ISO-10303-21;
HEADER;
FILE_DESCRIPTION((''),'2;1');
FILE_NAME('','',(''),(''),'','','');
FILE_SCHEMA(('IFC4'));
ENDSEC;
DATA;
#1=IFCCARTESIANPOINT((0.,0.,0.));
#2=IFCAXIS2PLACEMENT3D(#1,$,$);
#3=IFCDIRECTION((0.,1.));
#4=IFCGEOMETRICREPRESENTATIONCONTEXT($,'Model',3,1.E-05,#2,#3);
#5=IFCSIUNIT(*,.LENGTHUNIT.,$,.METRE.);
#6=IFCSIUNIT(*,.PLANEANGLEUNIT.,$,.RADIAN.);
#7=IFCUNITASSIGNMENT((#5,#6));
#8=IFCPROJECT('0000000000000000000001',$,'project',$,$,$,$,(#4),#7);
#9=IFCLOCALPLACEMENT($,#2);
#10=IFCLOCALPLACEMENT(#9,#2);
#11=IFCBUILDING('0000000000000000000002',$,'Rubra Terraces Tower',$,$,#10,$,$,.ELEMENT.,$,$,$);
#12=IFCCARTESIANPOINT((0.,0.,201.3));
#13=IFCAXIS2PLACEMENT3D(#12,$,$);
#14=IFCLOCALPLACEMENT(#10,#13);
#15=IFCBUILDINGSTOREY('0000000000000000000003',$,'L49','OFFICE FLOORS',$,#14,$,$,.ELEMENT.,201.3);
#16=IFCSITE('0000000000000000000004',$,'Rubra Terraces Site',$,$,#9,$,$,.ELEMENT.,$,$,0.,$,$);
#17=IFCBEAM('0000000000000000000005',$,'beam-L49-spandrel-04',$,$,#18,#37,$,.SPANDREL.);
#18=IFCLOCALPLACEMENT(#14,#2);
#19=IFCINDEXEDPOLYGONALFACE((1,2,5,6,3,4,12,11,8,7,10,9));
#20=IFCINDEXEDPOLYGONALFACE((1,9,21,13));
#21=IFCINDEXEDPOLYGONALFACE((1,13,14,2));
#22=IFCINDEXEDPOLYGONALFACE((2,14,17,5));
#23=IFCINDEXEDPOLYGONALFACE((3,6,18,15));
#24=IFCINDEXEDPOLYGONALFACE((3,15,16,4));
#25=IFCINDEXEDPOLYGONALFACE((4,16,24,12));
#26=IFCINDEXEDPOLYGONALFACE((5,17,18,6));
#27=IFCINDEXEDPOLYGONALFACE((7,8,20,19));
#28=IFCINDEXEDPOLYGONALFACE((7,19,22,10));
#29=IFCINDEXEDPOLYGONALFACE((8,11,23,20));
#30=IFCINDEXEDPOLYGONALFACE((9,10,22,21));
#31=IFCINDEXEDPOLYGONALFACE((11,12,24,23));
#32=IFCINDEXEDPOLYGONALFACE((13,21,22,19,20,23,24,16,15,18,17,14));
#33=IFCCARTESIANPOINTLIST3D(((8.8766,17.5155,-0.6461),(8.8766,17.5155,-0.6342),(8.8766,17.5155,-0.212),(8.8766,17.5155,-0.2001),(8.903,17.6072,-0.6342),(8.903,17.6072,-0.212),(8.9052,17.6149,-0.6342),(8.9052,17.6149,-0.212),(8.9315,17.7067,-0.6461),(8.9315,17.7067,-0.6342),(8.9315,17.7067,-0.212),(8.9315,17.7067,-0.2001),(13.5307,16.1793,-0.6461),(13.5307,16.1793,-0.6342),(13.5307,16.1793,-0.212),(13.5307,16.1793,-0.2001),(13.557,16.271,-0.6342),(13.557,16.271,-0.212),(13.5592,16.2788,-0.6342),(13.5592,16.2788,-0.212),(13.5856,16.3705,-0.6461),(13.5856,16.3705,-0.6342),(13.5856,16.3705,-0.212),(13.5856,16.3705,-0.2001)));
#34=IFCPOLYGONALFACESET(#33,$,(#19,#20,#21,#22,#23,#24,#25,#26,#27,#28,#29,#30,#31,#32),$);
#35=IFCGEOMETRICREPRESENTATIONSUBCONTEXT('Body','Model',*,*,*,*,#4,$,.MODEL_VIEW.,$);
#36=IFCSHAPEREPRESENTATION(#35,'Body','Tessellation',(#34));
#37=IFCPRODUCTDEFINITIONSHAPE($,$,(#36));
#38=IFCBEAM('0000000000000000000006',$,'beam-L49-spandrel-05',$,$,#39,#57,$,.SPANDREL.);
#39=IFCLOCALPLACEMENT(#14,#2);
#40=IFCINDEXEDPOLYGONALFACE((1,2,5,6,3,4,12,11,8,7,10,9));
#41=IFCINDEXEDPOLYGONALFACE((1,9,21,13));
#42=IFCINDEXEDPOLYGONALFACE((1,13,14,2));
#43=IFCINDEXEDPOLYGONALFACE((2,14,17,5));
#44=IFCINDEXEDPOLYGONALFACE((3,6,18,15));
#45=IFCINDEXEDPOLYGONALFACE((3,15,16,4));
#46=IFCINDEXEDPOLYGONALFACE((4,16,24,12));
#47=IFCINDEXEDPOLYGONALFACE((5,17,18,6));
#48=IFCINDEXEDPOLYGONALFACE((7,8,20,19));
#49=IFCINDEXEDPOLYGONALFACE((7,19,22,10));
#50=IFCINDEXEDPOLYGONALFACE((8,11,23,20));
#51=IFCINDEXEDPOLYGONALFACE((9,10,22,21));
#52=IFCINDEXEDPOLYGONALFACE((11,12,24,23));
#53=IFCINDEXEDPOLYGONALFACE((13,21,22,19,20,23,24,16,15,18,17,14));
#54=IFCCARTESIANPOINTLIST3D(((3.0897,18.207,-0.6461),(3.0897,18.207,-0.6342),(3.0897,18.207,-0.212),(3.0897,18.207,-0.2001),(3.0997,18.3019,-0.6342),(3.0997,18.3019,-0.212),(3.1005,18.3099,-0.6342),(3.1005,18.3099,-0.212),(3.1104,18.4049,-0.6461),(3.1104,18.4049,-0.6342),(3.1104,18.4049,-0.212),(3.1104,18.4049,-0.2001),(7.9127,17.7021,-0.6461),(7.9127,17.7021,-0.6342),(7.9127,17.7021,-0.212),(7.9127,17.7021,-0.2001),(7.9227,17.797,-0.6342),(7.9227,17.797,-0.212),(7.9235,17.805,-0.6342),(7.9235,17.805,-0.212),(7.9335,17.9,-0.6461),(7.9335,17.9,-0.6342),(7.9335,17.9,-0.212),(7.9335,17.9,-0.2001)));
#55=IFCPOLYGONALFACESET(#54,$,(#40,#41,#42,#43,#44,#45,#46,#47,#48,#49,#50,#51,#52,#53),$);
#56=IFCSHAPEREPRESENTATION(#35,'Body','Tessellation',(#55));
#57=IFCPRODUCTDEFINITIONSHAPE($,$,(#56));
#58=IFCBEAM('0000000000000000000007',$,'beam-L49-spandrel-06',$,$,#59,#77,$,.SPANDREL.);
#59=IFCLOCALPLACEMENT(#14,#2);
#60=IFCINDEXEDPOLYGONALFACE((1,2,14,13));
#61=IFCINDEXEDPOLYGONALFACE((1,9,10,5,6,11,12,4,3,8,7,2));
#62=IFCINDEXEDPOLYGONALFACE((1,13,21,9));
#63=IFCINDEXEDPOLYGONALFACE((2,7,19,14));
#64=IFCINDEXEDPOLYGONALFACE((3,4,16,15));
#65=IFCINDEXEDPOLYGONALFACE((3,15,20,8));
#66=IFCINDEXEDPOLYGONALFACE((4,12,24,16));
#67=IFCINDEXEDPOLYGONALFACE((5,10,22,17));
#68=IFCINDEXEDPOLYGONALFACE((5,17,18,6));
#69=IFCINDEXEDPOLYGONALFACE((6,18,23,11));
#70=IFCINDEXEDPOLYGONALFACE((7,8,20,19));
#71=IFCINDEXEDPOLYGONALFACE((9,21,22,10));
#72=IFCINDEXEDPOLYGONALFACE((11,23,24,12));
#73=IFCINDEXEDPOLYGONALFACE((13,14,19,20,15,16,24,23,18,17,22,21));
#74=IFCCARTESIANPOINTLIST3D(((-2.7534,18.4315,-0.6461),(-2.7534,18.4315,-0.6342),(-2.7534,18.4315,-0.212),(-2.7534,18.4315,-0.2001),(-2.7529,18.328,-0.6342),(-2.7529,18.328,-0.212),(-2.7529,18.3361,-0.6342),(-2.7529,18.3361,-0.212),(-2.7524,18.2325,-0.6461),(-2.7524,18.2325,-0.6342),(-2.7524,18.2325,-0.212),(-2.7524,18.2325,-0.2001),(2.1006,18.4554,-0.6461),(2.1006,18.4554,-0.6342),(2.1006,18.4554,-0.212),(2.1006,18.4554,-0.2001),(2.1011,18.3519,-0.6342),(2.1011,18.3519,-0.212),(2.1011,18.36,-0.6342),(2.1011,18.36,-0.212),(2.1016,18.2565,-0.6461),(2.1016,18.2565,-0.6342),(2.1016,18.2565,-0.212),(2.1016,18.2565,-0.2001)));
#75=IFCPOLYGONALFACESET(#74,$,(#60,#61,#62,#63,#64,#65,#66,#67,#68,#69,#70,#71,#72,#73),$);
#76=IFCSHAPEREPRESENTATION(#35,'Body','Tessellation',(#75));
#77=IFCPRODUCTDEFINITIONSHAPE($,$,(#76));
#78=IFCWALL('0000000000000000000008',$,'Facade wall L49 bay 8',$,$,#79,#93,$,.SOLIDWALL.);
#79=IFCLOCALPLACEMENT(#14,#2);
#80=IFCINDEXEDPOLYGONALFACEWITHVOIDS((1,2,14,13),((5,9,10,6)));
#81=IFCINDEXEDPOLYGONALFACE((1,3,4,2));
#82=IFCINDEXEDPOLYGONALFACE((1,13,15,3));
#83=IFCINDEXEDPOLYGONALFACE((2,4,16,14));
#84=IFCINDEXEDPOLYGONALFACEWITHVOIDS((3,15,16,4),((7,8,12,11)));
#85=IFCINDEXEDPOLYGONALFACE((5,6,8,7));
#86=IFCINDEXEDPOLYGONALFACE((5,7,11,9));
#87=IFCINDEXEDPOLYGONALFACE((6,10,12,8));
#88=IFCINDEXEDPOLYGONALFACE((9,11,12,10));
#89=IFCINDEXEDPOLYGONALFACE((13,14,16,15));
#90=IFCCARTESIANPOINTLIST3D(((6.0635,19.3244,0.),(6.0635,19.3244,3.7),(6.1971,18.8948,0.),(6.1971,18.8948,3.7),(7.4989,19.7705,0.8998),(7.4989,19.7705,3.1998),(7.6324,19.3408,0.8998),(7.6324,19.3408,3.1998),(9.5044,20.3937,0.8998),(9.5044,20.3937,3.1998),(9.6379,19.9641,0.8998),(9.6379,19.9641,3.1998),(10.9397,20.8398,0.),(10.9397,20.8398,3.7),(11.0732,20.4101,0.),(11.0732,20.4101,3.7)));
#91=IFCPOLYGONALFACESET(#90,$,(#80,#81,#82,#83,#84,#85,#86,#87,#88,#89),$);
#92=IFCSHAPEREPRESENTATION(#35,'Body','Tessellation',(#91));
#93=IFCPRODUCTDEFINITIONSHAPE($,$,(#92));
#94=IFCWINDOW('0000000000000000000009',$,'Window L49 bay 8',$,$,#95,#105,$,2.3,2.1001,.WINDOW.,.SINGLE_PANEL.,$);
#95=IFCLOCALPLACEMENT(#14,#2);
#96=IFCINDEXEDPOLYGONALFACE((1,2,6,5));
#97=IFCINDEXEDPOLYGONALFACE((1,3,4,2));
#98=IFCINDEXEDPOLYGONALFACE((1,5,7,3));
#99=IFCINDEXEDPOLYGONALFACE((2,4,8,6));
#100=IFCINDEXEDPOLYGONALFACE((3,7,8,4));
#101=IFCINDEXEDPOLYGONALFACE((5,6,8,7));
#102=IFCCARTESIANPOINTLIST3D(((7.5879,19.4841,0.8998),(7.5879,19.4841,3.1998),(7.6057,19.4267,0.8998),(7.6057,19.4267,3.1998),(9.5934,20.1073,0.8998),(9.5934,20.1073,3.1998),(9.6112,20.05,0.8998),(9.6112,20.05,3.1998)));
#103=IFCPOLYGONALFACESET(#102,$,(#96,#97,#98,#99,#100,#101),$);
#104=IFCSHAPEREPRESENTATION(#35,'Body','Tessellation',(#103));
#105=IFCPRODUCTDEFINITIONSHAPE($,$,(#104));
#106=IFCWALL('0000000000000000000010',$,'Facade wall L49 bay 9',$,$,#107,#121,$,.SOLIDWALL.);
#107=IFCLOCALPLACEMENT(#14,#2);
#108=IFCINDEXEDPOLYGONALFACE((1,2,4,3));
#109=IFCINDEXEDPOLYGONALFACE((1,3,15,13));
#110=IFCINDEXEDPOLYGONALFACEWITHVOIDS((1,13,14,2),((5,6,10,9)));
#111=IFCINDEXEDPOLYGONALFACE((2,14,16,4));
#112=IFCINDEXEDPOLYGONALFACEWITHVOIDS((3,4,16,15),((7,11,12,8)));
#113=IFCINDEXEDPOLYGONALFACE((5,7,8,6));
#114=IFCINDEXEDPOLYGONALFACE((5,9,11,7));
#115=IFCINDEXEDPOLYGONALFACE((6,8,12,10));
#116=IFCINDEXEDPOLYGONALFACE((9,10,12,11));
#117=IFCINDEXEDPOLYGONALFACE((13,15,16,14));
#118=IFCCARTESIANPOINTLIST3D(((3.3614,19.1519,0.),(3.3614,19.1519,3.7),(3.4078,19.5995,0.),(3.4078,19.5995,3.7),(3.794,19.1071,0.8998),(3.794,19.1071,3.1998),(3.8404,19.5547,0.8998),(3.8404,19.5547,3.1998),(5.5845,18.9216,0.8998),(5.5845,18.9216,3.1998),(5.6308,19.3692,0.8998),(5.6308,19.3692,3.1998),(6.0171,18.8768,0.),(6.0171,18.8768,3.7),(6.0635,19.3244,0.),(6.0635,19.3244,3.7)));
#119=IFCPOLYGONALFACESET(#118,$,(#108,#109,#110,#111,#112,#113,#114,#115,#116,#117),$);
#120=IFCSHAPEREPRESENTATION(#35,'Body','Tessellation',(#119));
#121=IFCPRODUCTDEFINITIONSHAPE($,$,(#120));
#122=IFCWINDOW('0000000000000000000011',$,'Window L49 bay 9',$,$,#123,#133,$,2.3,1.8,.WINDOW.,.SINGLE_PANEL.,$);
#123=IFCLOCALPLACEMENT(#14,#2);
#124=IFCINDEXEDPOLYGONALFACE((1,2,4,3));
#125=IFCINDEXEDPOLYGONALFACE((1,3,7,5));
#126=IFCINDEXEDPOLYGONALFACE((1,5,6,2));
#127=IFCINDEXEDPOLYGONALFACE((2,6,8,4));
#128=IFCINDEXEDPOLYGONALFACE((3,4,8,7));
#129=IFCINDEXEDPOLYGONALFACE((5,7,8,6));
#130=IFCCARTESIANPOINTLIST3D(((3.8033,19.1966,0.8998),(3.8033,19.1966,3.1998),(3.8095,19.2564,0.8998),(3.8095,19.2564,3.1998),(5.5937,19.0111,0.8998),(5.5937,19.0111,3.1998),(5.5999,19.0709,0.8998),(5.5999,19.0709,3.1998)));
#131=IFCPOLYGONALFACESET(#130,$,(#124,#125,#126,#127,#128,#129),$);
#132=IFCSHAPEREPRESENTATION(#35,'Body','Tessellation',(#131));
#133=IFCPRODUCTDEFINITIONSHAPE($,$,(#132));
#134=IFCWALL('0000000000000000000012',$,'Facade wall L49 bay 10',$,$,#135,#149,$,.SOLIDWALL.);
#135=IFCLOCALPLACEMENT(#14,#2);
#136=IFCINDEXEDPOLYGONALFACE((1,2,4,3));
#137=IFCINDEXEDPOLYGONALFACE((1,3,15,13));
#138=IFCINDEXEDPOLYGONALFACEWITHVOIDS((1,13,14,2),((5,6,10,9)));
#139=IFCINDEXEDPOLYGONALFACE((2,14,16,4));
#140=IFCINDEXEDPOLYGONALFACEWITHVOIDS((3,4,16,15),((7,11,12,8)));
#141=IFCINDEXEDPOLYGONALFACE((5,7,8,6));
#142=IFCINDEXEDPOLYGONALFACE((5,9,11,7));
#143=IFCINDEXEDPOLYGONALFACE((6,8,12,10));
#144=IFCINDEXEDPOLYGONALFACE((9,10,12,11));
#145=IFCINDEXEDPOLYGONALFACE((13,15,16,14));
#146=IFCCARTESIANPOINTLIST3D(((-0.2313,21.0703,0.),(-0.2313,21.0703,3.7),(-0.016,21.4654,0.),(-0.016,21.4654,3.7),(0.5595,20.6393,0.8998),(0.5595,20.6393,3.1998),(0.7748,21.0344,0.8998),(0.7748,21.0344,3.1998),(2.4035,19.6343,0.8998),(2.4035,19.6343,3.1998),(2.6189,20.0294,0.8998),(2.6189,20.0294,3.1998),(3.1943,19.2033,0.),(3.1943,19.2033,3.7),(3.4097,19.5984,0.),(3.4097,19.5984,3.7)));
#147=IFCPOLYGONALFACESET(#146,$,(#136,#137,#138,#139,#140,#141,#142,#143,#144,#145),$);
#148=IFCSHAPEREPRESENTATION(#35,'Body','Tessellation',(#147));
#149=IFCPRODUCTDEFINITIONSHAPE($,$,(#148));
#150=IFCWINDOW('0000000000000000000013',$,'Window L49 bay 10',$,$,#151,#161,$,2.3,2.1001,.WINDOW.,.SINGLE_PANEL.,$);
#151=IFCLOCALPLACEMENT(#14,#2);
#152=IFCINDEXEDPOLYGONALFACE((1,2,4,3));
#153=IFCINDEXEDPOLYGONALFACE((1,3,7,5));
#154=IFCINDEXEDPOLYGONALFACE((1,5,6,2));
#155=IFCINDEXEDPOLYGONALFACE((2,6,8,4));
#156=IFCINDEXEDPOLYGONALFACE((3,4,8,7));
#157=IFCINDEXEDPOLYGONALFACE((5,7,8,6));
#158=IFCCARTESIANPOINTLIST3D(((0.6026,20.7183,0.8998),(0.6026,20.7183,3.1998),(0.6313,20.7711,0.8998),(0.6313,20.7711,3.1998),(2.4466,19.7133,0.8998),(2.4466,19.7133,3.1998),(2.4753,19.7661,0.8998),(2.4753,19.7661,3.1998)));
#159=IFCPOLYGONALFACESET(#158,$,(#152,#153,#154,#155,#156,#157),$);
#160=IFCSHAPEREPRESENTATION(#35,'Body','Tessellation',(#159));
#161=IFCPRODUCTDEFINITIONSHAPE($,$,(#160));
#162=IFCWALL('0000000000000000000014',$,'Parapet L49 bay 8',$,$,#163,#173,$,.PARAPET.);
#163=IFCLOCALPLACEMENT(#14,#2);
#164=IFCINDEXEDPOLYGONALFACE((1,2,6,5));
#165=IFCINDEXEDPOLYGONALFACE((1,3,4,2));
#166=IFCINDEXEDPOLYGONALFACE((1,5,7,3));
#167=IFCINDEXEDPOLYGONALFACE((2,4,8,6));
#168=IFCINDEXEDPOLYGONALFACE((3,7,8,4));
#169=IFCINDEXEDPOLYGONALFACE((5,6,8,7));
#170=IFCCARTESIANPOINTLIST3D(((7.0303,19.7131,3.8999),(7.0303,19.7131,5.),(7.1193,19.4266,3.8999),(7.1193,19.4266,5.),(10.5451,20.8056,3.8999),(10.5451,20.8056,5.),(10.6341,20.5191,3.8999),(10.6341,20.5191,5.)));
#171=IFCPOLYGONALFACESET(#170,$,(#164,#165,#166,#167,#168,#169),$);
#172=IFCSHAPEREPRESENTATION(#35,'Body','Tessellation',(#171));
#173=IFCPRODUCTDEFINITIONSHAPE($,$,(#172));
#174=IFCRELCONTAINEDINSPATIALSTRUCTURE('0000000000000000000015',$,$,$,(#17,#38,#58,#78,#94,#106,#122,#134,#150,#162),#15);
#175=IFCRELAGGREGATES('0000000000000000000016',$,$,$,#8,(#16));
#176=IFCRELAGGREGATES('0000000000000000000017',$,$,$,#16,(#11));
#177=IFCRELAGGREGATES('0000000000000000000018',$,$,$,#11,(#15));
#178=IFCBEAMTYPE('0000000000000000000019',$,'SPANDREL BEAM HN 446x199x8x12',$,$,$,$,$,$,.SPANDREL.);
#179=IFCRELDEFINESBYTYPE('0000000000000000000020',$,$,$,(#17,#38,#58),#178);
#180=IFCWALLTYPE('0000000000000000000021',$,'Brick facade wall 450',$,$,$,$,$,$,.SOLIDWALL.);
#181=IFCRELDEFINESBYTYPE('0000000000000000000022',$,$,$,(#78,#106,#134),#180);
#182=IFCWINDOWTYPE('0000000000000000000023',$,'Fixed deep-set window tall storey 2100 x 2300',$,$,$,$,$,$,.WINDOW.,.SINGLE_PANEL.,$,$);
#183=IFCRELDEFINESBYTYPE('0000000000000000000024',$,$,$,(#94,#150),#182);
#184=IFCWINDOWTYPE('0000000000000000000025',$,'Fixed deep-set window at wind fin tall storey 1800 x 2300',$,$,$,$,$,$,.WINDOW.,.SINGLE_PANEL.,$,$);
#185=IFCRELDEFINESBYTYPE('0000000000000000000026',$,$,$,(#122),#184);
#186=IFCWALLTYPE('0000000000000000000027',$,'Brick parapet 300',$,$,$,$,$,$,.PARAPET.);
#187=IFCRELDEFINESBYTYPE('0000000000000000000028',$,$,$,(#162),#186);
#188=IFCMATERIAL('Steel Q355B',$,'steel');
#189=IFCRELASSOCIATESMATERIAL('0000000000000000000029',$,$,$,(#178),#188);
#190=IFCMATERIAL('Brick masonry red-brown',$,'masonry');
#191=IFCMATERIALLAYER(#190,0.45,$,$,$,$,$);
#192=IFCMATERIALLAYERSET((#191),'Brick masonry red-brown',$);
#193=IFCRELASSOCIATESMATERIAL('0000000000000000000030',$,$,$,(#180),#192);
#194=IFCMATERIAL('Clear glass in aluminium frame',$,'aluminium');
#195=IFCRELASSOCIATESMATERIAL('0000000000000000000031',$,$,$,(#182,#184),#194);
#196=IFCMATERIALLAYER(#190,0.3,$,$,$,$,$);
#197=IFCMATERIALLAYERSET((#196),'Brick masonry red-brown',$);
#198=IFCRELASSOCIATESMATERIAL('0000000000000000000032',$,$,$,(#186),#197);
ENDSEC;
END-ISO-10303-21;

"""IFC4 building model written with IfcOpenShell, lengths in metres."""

from ifc_helpers import new_model, si_unit, direction, frame, frame_2d, origin, origin_2d, place, context, subcontext, project, spatial, rectangle, i_section, extrude, material, layer, layer_set, material_profile, profile_set, type_object, element, fill, save


model = new_model("IFC4")

# Units and contexts
model_context = context("Model", 3, precision=1e-05, world=origin(), true_north=direction((0.0, 1.0)))
body_context = subcontext(model_context, "Body", "Model", "MODEL_VIEW")
ifc_project = project(units=[si_unit("LENGTHUNIT", "METRE"), si_unit("PLANEANGLEUNIT", "RADIAN")], contexts=[model_context])

# Site, building, storey
site_placement = place(None, origin())
site = spatial("IfcSite", under=ifc_project, at=site_placement, Name="Rubra Terraces Site", CompositionType="ELEMENT", RefElevation=0.0)
building_placement = place(site_placement, origin())
building = spatial("IfcBuilding", under=site, at=building_placement, Name="Rubra Terraces Tower", CompositionType="ELEMENT")
storey_placement = place(building_placement, frame((0.0, 0.0, 201.3)))
storey = spatial("IfcBuildingStorey", under=building, at=storey_placement, Name="L49", Description="OFFICE FLOORS", CompositionType="ELEMENT", Elevation=201.3)

# Beams
ifc_material_1 = material(Name="Steel Q355B", Category="steel")
ifc_material_profile_1 = material_profile(ifc_material_1, i_section(OverallWidth=0.199, OverallDepth=0.446, WebThickness=0.0081, FlangeThickness=0.012, at=origin_2d()), Name="HN 446x199x8x12")
ifc_profile_set_1 = profile_set([ifc_material_profile_1], Name="Steel Q355B")
beam_type_1 = type_object("IfcBeamType", Name="SPANDREL BEAM HN 446x199x8x12", PredefinedType="SPANDREL", material=ifc_profile_set_1)
beam_1_placement = place(storey_placement, frame((13.5581, 16.2749, -0.4231), z_axis=(-0.961171, 0.275953, 0.0), x_axis=(-0.275953, -0.961171, 0.0)))
element("IfcBeam", 1, at=beam_1_placement, inside=storey, type_object=beam_type_1, Name="beam-L49-spandrel-04", PredefinedType="SPANDREL", context=body_context, shape_type="SweptSolid", body=[
    extrude(i_section(OverallWidth=0.199, OverallDepth=0.446, WebThickness=0.0081, FlangeThickness=0.012, at=origin_2d()), origin(), (0.0, 0.0, 1.0), 4.842),
])
beam_2_placement = place(storey_placement, frame((7.9231, 17.801, -0.4231), z_axis=(-0.994565, 0.104113, 0.0), x_axis=(-0.104113, -0.994565, 0.0)))
element("IfcBeam", 2, at=beam_2_placement, inside=storey, type_object=beam_type_1, Name="beam-L49-spandrel-05", PredefinedType="SPANDREL", context=body_context, shape_type="SweptSolid", body=[
    extrude(i_section(OverallWidth=0.199, OverallDepth=0.446, WebThickness=0.0081, FlangeThickness=0.012, at=origin_2d()), origin(), (0.0, 0.0, 1.0), 4.8494),
])
beam_3_placement = place(storey_placement, frame((2.1011, 18.356, -0.4231), z_axis=(-0.999988, -0.004929, 0.0), x_axis=(0.004929, -0.999988, 0.0)))
element("IfcBeam", 3, at=beam_3_placement, inside=storey, type_object=beam_type_1, Name="beam-L49-spandrel-06", PredefinedType="SPANDREL", context=body_context, shape_type="SweptSolid", body=[
    extrude(i_section(OverallWidth=0.199, OverallDepth=0.446, WebThickness=0.0081, FlangeThickness=0.012, at=origin_2d()), origin(), (0.0, 0.0, 1.0), 4.854),
])

# Walls, openings, windows
ifc_material_2 = material(Name="Brick masonry red-brown", Category="masonry")
ifc_layer_1 = layer(ifc_material_2, 0.45)
ifc_layer_set_1 = layer_set([ifc_layer_1], Name="Brick masonry red-brown")
wall_type_1 = type_object("IfcWallType", Name="Brick facade wall 450", PredefinedType="SOLIDWALL", material=ifc_layer_set_1)
wall_1_placement = place(storey_placement, frame((11.0066, 20.625, 0.0), z_axis=(0.0, 0.0, 1.0), x_axis=(-0.954949, -0.296769, 0.0)))
wall_1 = element("IfcWall", 4, at=wall_1_placement, inside=storey, type_object=wall_type_1, Name="Facade wall L49 bay 8", PredefinedType="SOLIDWALL", context=body_context, shape_type="SweptSolid", body=[
    extrude(rectangle(XDim=5.1062, YDim=0.45, at=frame_2d((2.5532, 0.0))), origin(), (0.0, 0.0, 1.0), 3.7),
])
opening_1_placement = place(wall_1_placement, frame((1.5032, 0.0, 0.8999)))
opening_1 = element("IfcOpeningElement", 5, at=opening_1_placement, cuts=wall_1, PredefinedType="OPENING", context=body_context, shape_type="SweptSolid", body=[
    extrude(rectangle(XDim=2.1001, YDim=2.3, at=frame_2d((1.05, 1.1499))), frame((0.0, 0.2349, 0.0), z_axis=(0.0, -1.0, 0.0), x_axis=(1.0, 0.0, 0.0)), (0.0, 0.0, 1.0), 0.47),
])
ifc_material_3 = material(Name="Clear glass in aluminium frame", Category="aluminium")
window_type_1 = type_object("IfcWindowType", Name="Fixed deep-set window tall storey 2100 x 2300", PartitioningType="SINGLE_PANEL", PredefinedType="WINDOW", material=ifc_material_3)
window_1_placement = place(opening_1_placement, origin())
window_1 = element("IfcWindow", 6, at=window_1_placement, inside=storey, type_object=window_type_1, Name="Window L49 bay 8", OverallHeight=2.3, OverallWidth=2.1001, PartitioningType="SINGLE_PANEL", PredefinedType="WINDOW", context=body_context, shape_type="SweptSolid", body=[
    extrude(rectangle(XDim=2.1001, YDim=2.3, at=frame_2d((1.05, 1.1499))), frame((0.0, 0.135, 0.0), z_axis=(0.0, -1.0, 0.0), x_axis=(1.0, 0.0, 0.0)), (0.0, 0.0, 1.0), 0.0601),
])
fill(opening_1, window_1)
wall_2_placement = place(storey_placement, frame((6.0403, 19.1006, 0.0), z_axis=(0.0, 0.0, 1.0), x_axis=(-0.994676, 0.103052, 0.0)))
wall_2 = element("IfcWall", 7, at=wall_2_placement, inside=storey, type_object=wall_type_1, Name="Facade wall L49 bay 9", PredefinedType="SOLIDWALL", context=body_context, shape_type="SweptSolid", body=[
    extrude(rectangle(XDim=2.6699, YDim=0.45, at=frame_2d((1.335, 0.0))), origin(), (0.0, 0.0, 1.0), 3.7),
])
opening_2_placement = place(wall_2_placement, frame((0.4351, 0.0, 0.8999)))
opening_2 = element("IfcOpeningElement", 8, at=opening_2_placement, cuts=wall_2, PredefinedType="OPENING", context=body_context, shape_type="SweptSolid", body=[
    extrude(rectangle(XDim=1.8, YDim=2.3, at=frame_2d((0.8999, 1.1499))), frame((0.0, 0.2349, 0.0), z_axis=(0.0, -1.0, 0.0), x_axis=(1.0, 0.0, 0.0)), (0.0, 0.0, 1.0), 0.47),
])
window_type_2 = type_object("IfcWindowType", Name="Fixed deep-set window at wind fin tall storey 1800 x 2300", PartitioningType="SINGLE_PANEL", PredefinedType="WINDOW", material=ifc_material_3)
window_2_placement = place(opening_2_placement, origin())
window_2 = element("IfcWindow", 9, at=window_2_placement, inside=storey, type_object=window_type_2, Name="Window L49 bay 9", OverallHeight=2.3, OverallWidth=1.8, PartitioningType="SINGLE_PANEL", PredefinedType="WINDOW", context=body_context, shape_type="SweptSolid", body=[
    extrude(rectangle(XDim=1.8, YDim=2.3, at=frame_2d((0.8999, 1.1499))), frame((0.0, 0.135, 0.0), z_axis=(0.0, -1.0, 0.0), x_axis=(1.0, 0.0, 0.0)), (0.0, 0.0, 1.0), 0.0601),
])
fill(opening_2, window_2)
wall_3_placement = place(storey_placement, frame((3.302, 19.4009, 0.0), z_axis=(0.0, 0.0, 1.0), x_axis=(-0.878061, 0.47855, 0.0)))
wall_3 = element("IfcWall", 10, at=wall_3_placement, inside=storey, type_object=wall_type_1, Name="Facade wall L49 bay 10", PredefinedType="SOLIDWALL", context=body_context, shape_type="SweptSolid", body=[
    extrude(rectangle(XDim=3.9014, YDim=0.45, at=frame_2d((1.9507, 0.0))), origin(), (0.0, 0.0, 1.0), 3.7),
])
opening_3_placement = place(wall_3_placement, frame((0.9006, 0.0, 0.8999)))
opening_3 = element("IfcOpeningElement", 11, at=opening_3_placement, cuts=wall_3, PredefinedType="OPENING", context=body_context, shape_type="SweptSolid", body=[
    extrude(rectangle(XDim=2.1001, YDim=2.3, at=frame_2d((1.05, 1.1499))), frame((0.0, 0.2349, 0.0), z_axis=(0.0, -1.0, 0.0), x_axis=(1.0, 0.0, 0.0)), (0.0, 0.0, 1.0), 0.47),
])
window_3_placement = place(opening_3_placement, origin())
window_3 = element("IfcWindow", 12, at=window_3_placement, inside=storey, type_object=window_type_1, Name="Window L49 bay 10", OverallHeight=2.3, OverallWidth=2.1001, PartitioningType="SINGLE_PANEL", PredefinedType="WINDOW", context=body_context, shape_type="SweptSolid", body=[
    extrude(rectangle(XDim=2.1001, YDim=2.3, at=frame_2d((1.05, 1.1499))), frame((0.0, 0.135, 0.0), z_axis=(0.0, -1.0, 0.0), x_axis=(1.0, 0.0, 0.0)), (0.0, 0.0, 1.0), 0.0601),
])
fill(opening_3, window_3)

# Wall
ifc_layer_2 = layer(ifc_material_2, 0.3)
ifc_layer_set_2 = layer_set([ifc_layer_2], Name="Brick masonry red-brown")
wall_type_2 = type_object("IfcWallType", Name="Brick parapet 300", PredefinedType="PARAPET", material=ifc_layer_set_2)
wall_4_placement = place(storey_placement, frame((10.5896, 20.6624, 3.8999), z_axis=(0.0, 0.0, 1.0), x_axis=(-0.954933, -0.296821, 0.0)))
element("IfcWall", 13, at=wall_4_placement, inside=storey, type_object=wall_type_2, Name="Parapet L49 bay 8", PredefinedType="PARAPET", context=body_context, shape_type="SweptSolid", body=[
    extrude(rectangle(XDim=3.6807, YDim=0.3, at=frame_2d((1.8403, 0.0))), origin(), (0.0, 0.0, 1.0), 1.1001),
])

save(model, "model.ifc")
